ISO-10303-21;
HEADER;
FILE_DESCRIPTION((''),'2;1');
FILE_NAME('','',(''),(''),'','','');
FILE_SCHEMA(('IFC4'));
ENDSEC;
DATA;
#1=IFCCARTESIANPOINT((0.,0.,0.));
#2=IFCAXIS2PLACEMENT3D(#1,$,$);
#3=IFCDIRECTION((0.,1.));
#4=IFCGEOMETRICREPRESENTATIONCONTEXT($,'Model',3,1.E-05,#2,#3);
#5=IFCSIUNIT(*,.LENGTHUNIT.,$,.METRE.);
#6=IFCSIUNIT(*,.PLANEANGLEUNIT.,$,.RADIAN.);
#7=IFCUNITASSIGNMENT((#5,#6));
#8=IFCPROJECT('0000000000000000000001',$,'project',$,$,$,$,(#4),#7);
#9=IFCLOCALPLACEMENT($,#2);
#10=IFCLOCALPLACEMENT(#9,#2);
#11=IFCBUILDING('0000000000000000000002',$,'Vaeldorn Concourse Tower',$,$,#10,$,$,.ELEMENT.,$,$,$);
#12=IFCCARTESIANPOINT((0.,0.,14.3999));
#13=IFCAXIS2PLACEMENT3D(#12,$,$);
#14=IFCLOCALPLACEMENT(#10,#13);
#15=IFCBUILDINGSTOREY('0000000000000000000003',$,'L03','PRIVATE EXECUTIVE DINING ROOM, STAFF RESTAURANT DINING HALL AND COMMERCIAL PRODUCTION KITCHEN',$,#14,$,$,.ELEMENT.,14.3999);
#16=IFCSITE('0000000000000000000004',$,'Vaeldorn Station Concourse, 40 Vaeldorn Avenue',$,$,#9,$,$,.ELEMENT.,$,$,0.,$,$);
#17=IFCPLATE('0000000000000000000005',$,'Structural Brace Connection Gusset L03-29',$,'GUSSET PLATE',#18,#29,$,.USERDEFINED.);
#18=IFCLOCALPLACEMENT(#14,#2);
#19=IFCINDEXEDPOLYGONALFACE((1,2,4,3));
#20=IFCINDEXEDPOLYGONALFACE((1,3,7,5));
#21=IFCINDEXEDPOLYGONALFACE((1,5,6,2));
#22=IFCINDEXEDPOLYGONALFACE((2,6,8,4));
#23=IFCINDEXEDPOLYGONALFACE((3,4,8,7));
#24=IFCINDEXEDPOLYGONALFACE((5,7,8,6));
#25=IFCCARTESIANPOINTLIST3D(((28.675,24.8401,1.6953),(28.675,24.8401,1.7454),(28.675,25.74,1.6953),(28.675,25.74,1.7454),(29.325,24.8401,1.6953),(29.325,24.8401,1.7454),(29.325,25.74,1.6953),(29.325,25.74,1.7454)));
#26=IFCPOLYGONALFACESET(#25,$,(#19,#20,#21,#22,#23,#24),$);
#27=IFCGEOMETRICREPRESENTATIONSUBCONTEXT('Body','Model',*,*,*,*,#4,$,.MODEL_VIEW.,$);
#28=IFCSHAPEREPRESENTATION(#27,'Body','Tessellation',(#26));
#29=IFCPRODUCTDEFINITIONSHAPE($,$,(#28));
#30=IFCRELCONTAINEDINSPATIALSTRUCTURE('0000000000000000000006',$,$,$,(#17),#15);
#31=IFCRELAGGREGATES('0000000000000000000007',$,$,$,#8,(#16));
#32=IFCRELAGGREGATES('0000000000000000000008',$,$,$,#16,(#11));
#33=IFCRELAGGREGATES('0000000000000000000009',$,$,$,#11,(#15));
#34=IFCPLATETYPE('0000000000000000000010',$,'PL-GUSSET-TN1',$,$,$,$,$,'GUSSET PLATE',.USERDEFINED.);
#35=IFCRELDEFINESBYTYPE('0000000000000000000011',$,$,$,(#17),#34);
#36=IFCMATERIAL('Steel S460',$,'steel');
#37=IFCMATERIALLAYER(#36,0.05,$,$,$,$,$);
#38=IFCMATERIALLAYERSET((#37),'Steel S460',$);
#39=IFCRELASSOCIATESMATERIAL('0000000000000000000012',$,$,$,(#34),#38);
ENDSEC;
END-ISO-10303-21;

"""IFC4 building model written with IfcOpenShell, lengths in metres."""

from ifc_helpers import new_model, si_unit, direction, frame, origin, origin_2d, place, context, subcontext, project, spatial, rectangle, extrude, source, transform, mapped, material, layer, layer_set, type_object, element, save


model = new_model("IFC4")

# Units and contexts
model_context = context("Model", 3, precision=1e-05, world=origin(), true_north=direction((0.0, 1.0)))
body_context = subcontext(model_context, "Body", "Model", "MODEL_VIEW")
ifc_project = project(units=[si_unit("LENGTHUNIT", "METRE"), si_unit("PLANEANGLEUNIT", "RADIAN")], contexts=[model_context])

# Site, building, storey
site_placement = place(None, origin())
site = spatial("IfcSite", under=ifc_project, at=site_placement, Name="Vaeldorn Station Concourse, 40 Vaeldorn Avenue", CompositionType="ELEMENT", RefElevation=0.0)
building_placement = place(site_placement, origin())
building = spatial("IfcBuilding", under=site, at=building_placement, Name="Vaeldorn Concourse Tower", CompositionType="ELEMENT")
storey_placement = place(building_placement, frame((0.0, 0.0, 14.3999)))
storey = spatial("IfcBuildingStorey", under=building, at=storey_placement, Name="L03", Description="PRIVATE EXECUTIVE DINING ROOM, STAFF RESTAURANT DINING HALL AND COMMERCIAL PRODUCTION KITCHEN", CompositionType="ELEMENT", Elevation=14.3999)

# Shared definitions
ifc_material = material(Name="Steel S460", Category="steel")

# Plate
ifc_layer = layer(ifc_material, 0.05)
ifc_layer_set = layer_set([ifc_layer], Name="Steel S460")
plate_type = type_object("IfcPlateType", Name="PL-GUSSET-TN1", ElementType="GUSSET PLATE", PredefinedType="USERDEFINED", material=ifc_layer_set)
shared_shape_1 = source(origin(), body_context, "Body", "SweptSolid", [
    extrude(rectangle(XDim=0.8999, YDim=0.6499, at=origin_2d()), origin(), (0.0, 0.0, 1.0), 0.05),
])
for number, where, z_axis, x_axis, name in (
    (1, (29.0, 25.29, 1.6953), (0.0, 0.0, 1.0), (0.0, 1.0, 0.0), "Structural Brace Connection Gusset L03-29"),
):
    element("IfcPlate", number, at=place(storey_placement, frame(where, z_axis=z_axis, x_axis=x_axis)), inside=storey, type_object=plate_type, Name=name, ObjectType="GUSSET PLATE", PredefinedType="USERDEFINED", context=body_context, shape_type="MappedRepresentation", body=[
        mapped(shared_shape_1, transform((0.0, 0.0, 0.0), scale=1.0)),
    ])

save(model, "model.ifc")
